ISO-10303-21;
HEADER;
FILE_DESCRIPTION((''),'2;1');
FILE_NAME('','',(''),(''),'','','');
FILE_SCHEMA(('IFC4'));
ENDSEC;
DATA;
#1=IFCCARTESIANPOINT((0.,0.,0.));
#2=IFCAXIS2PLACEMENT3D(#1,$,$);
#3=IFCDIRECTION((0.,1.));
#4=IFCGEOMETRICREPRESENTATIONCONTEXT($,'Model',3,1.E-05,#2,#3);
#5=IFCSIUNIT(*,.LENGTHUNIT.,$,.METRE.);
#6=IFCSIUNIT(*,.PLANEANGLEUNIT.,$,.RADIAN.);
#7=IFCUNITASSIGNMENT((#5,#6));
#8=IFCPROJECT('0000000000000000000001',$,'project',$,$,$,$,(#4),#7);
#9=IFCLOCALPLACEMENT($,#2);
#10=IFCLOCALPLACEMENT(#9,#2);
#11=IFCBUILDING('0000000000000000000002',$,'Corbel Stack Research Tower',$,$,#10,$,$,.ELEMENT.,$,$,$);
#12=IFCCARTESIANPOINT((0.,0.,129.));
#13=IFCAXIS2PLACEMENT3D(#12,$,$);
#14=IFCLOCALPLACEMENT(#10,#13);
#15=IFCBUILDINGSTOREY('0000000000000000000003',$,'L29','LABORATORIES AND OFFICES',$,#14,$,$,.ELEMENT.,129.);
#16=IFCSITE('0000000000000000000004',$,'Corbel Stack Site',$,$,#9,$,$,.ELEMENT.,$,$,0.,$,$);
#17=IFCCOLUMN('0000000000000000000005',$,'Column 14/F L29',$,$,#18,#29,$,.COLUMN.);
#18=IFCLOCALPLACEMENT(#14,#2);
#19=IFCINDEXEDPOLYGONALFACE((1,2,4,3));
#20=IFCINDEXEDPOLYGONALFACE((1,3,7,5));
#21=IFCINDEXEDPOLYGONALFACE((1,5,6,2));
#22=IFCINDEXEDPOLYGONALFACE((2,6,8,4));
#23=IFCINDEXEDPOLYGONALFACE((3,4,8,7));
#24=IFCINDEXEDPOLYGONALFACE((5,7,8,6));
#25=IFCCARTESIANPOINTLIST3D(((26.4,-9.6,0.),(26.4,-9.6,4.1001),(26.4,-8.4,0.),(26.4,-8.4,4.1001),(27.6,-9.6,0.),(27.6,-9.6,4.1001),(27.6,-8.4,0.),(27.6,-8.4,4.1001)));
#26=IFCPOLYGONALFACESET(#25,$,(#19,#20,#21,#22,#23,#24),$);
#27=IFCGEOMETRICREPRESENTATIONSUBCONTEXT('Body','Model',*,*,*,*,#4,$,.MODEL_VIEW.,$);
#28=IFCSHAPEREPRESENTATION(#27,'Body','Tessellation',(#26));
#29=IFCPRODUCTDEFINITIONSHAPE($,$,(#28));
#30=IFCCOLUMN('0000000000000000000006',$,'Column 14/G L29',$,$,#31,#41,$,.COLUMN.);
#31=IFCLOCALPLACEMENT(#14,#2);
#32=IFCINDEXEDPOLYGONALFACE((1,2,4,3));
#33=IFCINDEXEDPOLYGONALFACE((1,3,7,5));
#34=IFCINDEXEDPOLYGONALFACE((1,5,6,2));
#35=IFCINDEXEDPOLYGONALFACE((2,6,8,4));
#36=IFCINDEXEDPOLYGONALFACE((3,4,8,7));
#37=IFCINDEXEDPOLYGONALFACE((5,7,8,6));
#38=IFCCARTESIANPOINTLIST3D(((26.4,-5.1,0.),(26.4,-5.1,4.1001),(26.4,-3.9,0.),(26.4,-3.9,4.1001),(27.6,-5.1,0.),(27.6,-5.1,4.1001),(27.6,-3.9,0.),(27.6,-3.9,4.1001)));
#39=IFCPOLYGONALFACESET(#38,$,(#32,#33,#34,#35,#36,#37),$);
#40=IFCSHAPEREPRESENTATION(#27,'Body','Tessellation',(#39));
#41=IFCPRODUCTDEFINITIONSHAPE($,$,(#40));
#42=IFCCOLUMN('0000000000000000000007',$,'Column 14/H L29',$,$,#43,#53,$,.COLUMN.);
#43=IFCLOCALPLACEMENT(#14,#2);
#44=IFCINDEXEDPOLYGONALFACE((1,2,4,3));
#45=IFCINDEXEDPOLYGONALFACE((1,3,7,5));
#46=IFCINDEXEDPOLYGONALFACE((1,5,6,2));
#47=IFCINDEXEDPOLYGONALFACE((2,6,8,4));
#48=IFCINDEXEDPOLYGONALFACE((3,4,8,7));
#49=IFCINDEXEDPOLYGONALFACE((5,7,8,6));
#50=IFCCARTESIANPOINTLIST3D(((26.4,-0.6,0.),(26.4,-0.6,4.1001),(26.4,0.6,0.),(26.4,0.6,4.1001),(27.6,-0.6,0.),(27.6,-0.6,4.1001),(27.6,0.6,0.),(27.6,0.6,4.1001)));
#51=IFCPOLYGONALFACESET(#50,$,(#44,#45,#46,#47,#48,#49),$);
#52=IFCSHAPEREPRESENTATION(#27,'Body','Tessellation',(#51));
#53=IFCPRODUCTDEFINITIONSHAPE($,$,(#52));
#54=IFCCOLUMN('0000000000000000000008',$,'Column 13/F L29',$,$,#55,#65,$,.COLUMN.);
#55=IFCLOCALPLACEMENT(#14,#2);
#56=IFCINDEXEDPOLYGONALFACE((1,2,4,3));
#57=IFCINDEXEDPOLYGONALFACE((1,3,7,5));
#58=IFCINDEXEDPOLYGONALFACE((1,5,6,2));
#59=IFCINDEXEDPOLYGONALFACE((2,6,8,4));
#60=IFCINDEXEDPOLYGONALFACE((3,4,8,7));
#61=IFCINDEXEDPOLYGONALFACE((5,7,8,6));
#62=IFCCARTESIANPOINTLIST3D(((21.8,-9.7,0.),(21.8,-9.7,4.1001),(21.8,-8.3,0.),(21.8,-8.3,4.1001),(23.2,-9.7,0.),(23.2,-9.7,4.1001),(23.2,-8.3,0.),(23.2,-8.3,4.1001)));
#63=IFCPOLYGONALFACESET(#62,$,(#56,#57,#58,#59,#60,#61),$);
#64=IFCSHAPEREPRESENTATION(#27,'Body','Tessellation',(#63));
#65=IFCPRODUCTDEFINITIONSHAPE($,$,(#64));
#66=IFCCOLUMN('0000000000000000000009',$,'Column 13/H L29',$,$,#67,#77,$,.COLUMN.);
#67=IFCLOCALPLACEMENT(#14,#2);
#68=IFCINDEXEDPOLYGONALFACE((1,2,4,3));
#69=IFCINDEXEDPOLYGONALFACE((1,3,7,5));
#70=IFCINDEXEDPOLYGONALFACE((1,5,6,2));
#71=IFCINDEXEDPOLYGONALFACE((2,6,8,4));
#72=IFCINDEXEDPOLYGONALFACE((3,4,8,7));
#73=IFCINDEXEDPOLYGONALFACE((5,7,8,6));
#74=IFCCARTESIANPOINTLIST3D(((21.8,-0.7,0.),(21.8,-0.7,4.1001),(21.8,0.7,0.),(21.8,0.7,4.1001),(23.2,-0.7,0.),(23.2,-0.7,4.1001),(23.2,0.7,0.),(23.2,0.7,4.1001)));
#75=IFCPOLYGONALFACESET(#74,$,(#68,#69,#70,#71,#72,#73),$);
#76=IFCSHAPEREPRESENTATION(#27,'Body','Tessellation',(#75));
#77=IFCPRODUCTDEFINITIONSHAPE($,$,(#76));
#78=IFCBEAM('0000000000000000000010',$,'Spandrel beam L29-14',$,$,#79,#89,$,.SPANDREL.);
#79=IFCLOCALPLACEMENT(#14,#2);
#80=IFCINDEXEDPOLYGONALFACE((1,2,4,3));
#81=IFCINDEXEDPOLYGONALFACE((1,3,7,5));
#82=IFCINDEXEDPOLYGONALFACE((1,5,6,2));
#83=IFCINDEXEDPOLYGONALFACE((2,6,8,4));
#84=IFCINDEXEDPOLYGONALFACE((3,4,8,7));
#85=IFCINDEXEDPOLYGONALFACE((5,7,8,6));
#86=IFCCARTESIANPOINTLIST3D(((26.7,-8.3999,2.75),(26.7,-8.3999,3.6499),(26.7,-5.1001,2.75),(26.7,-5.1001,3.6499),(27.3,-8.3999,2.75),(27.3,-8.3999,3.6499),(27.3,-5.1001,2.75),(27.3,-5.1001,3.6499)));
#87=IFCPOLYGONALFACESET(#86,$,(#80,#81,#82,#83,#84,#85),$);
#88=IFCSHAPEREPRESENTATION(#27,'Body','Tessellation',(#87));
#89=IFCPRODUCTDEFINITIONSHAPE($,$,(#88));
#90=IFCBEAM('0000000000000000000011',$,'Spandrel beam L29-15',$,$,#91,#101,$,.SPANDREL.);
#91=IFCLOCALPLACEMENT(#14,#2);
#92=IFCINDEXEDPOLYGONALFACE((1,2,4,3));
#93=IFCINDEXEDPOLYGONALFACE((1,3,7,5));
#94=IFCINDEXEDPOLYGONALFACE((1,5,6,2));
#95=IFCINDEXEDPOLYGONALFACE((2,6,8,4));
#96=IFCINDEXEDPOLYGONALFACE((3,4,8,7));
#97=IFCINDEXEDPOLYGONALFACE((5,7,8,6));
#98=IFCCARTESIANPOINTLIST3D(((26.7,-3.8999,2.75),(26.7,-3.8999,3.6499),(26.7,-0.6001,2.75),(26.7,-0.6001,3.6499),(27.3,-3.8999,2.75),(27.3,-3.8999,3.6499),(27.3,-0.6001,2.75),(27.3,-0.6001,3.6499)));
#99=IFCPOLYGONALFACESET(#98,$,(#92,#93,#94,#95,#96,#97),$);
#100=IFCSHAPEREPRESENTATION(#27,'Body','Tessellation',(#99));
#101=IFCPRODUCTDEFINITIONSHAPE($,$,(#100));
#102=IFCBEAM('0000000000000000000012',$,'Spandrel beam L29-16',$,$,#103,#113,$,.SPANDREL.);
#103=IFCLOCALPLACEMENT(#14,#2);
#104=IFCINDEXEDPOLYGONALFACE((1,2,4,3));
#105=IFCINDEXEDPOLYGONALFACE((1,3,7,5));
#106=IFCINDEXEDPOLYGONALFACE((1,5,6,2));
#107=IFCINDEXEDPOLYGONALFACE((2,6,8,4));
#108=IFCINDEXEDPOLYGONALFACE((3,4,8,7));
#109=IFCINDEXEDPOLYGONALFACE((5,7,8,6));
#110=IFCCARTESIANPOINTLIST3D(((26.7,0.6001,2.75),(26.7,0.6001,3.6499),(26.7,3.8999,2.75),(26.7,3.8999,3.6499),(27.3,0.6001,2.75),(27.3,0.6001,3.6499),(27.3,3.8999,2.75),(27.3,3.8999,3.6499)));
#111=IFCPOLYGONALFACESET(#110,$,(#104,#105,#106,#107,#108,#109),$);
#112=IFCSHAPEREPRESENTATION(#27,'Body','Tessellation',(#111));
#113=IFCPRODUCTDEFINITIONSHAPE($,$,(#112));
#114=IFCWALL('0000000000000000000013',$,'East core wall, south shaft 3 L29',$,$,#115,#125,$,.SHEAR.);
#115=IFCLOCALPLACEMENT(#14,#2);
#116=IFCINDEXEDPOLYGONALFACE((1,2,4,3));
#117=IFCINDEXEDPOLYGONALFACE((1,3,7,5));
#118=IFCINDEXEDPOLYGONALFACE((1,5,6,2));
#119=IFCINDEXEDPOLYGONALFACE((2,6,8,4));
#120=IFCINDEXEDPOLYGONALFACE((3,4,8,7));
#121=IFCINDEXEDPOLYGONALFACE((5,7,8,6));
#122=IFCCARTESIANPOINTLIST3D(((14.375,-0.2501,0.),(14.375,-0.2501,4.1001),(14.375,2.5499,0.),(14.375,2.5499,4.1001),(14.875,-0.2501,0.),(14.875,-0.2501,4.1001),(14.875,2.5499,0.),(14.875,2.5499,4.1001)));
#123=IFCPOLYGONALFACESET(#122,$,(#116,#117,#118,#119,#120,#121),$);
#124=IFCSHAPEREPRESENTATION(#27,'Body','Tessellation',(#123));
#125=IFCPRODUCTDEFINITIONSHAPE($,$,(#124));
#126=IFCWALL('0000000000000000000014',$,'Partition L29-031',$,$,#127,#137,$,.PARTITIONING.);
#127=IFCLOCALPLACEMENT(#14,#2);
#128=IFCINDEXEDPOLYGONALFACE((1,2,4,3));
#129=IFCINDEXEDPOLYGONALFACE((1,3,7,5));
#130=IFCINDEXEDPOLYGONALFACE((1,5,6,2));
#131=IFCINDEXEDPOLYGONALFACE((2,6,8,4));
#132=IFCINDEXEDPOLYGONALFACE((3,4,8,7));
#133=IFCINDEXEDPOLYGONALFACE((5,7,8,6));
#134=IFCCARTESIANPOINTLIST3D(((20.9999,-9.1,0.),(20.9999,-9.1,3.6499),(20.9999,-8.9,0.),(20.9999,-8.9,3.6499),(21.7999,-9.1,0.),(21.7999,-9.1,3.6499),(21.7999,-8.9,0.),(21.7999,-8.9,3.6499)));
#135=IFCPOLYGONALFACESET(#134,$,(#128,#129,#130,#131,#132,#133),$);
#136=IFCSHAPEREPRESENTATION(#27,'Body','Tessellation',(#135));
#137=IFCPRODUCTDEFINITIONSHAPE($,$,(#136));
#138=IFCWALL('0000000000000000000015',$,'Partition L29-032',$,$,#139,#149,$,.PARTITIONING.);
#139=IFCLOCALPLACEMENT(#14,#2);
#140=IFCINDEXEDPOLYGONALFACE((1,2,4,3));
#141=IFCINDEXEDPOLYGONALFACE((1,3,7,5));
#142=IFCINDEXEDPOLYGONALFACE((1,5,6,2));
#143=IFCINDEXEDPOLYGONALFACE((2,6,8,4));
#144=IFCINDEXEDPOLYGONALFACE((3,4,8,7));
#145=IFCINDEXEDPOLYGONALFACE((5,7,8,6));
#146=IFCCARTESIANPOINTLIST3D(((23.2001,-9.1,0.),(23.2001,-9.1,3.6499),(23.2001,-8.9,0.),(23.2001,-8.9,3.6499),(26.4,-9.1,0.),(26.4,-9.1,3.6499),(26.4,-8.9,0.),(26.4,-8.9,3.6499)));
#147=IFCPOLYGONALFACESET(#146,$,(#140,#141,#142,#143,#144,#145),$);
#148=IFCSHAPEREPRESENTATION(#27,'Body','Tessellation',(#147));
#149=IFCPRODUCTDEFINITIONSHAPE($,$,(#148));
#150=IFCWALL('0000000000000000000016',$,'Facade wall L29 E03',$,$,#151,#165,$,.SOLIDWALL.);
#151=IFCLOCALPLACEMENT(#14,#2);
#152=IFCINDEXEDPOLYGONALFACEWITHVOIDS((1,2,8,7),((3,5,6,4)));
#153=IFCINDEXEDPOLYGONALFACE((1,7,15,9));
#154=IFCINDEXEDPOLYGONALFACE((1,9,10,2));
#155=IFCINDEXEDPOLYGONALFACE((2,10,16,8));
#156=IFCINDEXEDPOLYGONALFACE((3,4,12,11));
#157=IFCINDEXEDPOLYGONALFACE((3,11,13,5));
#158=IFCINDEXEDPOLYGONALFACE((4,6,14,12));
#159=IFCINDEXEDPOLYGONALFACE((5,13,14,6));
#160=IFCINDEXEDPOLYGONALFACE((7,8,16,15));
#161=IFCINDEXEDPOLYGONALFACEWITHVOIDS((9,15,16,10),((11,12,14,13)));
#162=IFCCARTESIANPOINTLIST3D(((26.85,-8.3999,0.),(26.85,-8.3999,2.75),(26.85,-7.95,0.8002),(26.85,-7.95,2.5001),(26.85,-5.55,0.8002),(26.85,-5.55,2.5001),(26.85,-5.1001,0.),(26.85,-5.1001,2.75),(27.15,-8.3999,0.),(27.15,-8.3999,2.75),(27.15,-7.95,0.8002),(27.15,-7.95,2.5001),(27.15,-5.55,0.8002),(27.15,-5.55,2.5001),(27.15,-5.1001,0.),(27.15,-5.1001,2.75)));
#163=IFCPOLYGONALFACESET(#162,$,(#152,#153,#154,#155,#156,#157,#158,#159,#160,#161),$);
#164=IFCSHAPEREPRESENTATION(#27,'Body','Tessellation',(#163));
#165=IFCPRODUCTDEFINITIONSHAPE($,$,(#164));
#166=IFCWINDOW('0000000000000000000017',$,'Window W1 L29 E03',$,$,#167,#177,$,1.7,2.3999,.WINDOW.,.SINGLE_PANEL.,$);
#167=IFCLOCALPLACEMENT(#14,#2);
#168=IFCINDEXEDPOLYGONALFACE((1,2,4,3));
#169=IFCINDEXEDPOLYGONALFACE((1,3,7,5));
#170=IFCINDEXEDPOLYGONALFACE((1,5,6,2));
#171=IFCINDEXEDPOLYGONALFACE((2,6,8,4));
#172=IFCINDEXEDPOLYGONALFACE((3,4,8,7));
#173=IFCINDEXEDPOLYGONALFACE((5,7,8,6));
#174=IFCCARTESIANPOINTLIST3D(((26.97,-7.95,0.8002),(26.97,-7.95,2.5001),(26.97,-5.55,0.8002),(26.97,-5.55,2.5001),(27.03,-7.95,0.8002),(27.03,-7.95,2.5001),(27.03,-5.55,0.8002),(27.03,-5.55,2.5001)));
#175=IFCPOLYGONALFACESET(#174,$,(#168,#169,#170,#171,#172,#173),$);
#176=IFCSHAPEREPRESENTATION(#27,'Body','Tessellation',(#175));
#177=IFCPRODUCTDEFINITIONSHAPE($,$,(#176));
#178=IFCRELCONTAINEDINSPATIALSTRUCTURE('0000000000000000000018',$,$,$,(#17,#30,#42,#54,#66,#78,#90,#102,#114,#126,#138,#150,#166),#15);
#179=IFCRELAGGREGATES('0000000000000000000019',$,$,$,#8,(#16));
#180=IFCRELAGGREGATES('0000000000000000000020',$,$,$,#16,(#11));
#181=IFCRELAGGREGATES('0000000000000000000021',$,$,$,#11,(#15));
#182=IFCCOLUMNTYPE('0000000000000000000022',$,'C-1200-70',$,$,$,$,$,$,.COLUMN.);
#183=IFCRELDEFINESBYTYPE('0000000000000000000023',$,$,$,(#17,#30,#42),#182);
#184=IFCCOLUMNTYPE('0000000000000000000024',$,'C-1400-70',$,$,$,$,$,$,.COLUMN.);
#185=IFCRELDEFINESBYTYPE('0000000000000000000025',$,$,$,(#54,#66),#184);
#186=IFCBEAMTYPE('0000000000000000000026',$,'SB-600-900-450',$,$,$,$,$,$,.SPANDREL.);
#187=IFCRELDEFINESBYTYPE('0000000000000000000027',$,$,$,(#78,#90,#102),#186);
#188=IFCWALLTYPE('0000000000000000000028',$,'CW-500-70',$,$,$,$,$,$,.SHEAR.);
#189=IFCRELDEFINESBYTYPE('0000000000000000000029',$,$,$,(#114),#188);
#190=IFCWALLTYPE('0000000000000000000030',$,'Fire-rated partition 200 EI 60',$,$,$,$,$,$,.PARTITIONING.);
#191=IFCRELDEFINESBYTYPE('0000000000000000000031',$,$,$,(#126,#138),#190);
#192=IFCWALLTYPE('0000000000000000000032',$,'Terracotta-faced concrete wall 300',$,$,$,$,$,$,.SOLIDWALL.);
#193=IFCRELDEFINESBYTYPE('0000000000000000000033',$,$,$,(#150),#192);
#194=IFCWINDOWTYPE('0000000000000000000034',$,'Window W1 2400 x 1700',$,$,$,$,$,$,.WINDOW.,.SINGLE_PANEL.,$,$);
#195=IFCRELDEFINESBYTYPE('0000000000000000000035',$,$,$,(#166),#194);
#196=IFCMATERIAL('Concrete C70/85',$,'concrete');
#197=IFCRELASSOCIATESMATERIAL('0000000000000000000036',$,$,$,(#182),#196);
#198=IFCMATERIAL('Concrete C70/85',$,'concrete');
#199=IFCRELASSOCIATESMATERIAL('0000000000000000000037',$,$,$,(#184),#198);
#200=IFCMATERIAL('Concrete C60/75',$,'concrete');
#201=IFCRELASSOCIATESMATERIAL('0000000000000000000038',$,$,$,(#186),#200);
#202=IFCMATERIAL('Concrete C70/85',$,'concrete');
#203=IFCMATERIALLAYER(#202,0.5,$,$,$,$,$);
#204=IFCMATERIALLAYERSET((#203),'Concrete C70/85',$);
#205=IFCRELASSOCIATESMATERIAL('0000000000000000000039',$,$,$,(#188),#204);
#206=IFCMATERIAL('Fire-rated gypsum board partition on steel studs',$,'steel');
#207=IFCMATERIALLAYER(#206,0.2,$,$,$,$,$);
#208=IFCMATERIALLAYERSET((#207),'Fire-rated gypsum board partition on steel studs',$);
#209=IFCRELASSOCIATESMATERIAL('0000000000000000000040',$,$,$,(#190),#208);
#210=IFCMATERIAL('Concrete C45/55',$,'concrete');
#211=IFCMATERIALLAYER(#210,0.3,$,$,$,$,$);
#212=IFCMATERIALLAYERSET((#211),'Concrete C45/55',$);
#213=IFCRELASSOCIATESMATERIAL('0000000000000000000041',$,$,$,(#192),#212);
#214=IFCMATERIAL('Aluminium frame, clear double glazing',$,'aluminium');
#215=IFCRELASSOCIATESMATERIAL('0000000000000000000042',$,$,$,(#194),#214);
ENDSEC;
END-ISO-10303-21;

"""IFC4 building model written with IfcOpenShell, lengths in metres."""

from ifc_helpers import new_model, si_unit, direction, frame, frame_2d, origin, origin_2d, place, context, subcontext, project, spatial, rectangle, extrude, material, layer, layer_set, material_profile, profile_set, type_object, element, fill, save


model = new_model("IFC4")

# Units and contexts
model_context = context("Model", 3, precision=1e-05, world=origin(), true_north=direction((0.0, 1.0)))
body_context = subcontext(model_context, "Body", "Model", "MODEL_VIEW")
ifc_project = project(units=[si_unit("LENGTHUNIT", "METRE"), si_unit("PLANEANGLEUNIT", "RADIAN")], contexts=[model_context])

# Site, building, storey
site_placement = place(None, origin())
site = spatial("IfcSite", under=ifc_project, at=site_placement, Name="Corbel Stack Site", CompositionType="ELEMENT", RefElevation=0.0)
building_placement = place(site_placement, origin())
building = spatial("IfcBuilding", under=site, at=building_placement, Name="Corbel Stack Research Tower", CompositionType="ELEMENT")
storey_placement = place(building_placement, frame((0.0, 0.0, 129.0)))
storey = spatial("IfcBuildingStorey", under=building, at=storey_placement, Name="L29", Description="LABORATORIES AND OFFICES", CompositionType="ELEMENT", Elevation=129.0)

# Columns
ifc_material_1 = material(Name="Concrete C70/85", Category="concrete")
ifc_material_profile_1 = material_profile(ifc_material_1, rectangle(XDim=1.2, YDim=1.2, at=origin_2d()), Name="RC 1200 x 1200")
ifc_profile_set_1 = profile_set([ifc_material_profile_1], Name="Concrete C70/85")
column_type_1 = type_object("IfcColumnType", Name="C-1200-70", PredefinedType="COLUMN", material=ifc_profile_set_1)
for number, where, z_axis, x_axis, name in (
    (1, (27.0, -9.0, 0.0), (0.0, 0.0, 1.0), (1.0, 0.0, 0.0), "Column 14/F L29"),
    (2, (27.0, -4.5, 0.0), (0.0, 0.0, 1.0), (1.0, 0.0, 0.0), "Column 14/G L29"),
    (3, (27.0, 0.0, 0.0), (0.0, 0.0, 1.0), (1.0, 0.0, 0.0), "Column 14/H L29"),
):
    element("IfcColumn", number, at=place(storey_placement, frame(where, z_axis=z_axis, x_axis=x_axis)), inside=storey, type_object=column_type_1, Name=name, PredefinedType="COLUMN", context=body_context, shape_type="SweptSolid", body=[
        extrude(rectangle(XDim=1.2, YDim=1.2, at=origin_2d()), origin(), (0.0, 0.0, 1.0), 4.1001),
    ])
ifc_material_2 = material(Name="Concrete C70/85", Category="concrete")
ifc_material_profile_2 = material_profile(ifc_material_2, rectangle(XDim=1.3999, YDim=1.3999, at=origin_2d()), Name="RC 1400 x 1400")
ifc_profile_set_2 = profile_set([ifc_material_profile_2], Name="Concrete C70/85")
column_type_2 = type_object("IfcColumnType", Name="C-1400-70", PredefinedType="COLUMN", material=ifc_profile_set_2)
for number, where, z_axis, x_axis, name in (
    (4, (22.5, -9.0, 0.0), (0.0, 0.0, 1.0), (1.0, 0.0, 0.0), "Column 13/F L29"),
    (5, (22.5, 0.0, 0.0), (0.0, 0.0, 1.0), (1.0, 0.0, 0.0), "Column 13/H L29"),
):
    element("IfcColumn", number, at=place(storey_placement, frame(where, z_axis=z_axis, x_axis=x_axis)), inside=storey, type_object=column_type_2, Name=name, PredefinedType="COLUMN", context=body_context, shape_type="SweptSolid", body=[
        extrude(rectangle(XDim=1.3999, YDim=1.3999, at=origin_2d()), origin(), (0.0, 0.0, 1.0), 4.1001),
    ])

# Beams
ifc_material_3 = material(Name="Concrete C60/75", Category="concrete")
ifc_material_profile_3 = material_profile(ifc_material_3, rectangle(XDim=0.6001, YDim=0.8999, at=origin_2d()), Name="RC 600 x 900")
ifc_profile_set_3 = profile_set([ifc_material_profile_3], Name="Concrete C60/75")
beam_type = type_object("IfcBeamType", Name="SB-600-900-450", PredefinedType="SPANDREL", material=ifc_profile_set_3)
for number, where, z_axis, x_axis, name in (
    (6, (27.0, -8.3999, 3.2), (0.0, 1.0, 0.0), (-1.0, 0.0, 0.0), "Spandrel beam L29-14"),
    (7, (27.0, -3.8999, 3.2), (0.0, 1.0, 0.0), (-1.0, 0.0, 0.0), "Spandrel beam L29-15"),
    (8, (27.0, 0.6001, 3.2), (0.0, 1.0, 0.0), (-1.0, 0.0, 0.0), "Spandrel beam L29-16"),
):
    element("IfcBeam", number, at=place(storey_placement, frame(where, z_axis=z_axis, x_axis=x_axis)), inside=storey, type_object=beam_type, Name=name, PredefinedType="SPANDREL", context=body_context, shape_type="SweptSolid", body=[
        extrude(rectangle(XDim=0.6001, YDim=0.8999, at=origin_2d()), origin(), (0.0, 0.0, 1.0), 3.2998),
    ])

# Wall
ifc_material_4 = material(Name="Concrete C70/85", Category="concrete")
ifc_layer_1 = layer(ifc_material_4, 0.5)
ifc_layer_set_1 = layer_set([ifc_layer_1], Name="Concrete C70/85")
wall_type_1 = type_object("IfcWallType", Name="CW-500-70", PredefinedType="SHEAR", material=ifc_layer_set_1)
wall_1_placement = place(storey_placement, frame((14.625, -0.25, 0.0), z_axis=(0.0, 0.0, 1.0), x_axis=(0.0, 1.0, 0.0)))
element("IfcWall", 9, at=wall_1_placement, inside=storey, type_object=wall_type_1, Name="East core wall, south shaft 3 L29", PredefinedType="SHEAR", context=body_context, shape_type="SweptSolid", body=[
    extrude(rectangle(XDim=2.8, YDim=0.5, at=frame_2d((1.3999, 0.0))), origin(), (0.0, 0.0, 1.0), 4.1001),
])

# Walls
ifc_material_5 = material(Name="Fire-rated gypsum board partition on steel studs", Category="steel")
ifc_layer_2 = layer(ifc_material_5, 0.2)
ifc_layer_set_2 = layer_set([ifc_layer_2], Name="Fire-rated gypsum board partition on steel studs")
wall_type_2 = type_object("IfcWallType", Name="Fire-rated partition 200 EI 60", PredefinedType="PARTITIONING", material=ifc_layer_set_2)
wall_2_placement = place(storey_placement, frame((21.0, -9.0, 0.0), z_axis=(0.0, 0.0, 1.0), x_axis=(1.0, 0.0, 0.0)))
element("IfcWall", 10, at=wall_2_placement, inside=storey, type_object=wall_type_2, Name="Partition L29-031", PredefinedType="PARTITIONING", context=body_context, shape_type="SweptSolid", body=[
    extrude(rectangle(XDim=0.8, YDim=0.2, at=frame_2d((0.3999, 0.0))), origin(), (0.0, 0.0, 1.0), 3.6499),
])
wall_3_placement = place(storey_placement, frame((23.2, -9.0, 0.0), z_axis=(0.0, 0.0, 1.0), x_axis=(1.0, 0.0, 0.0)))
element("IfcWall", 11, at=wall_3_placement, inside=storey, type_object=wall_type_2, Name="Partition L29-032", PredefinedType="PARTITIONING", context=body_context, shape_type="SweptSolid", body=[
    extrude(rectangle(XDim=3.2, YDim=0.2, at=frame_2d((1.6001, 0.0))), origin(), (0.0, 0.0, 1.0), 3.6499),
])

# Wall, opening, window
ifc_material_6 = material(Name="Concrete C45/55", Category="concrete")
ifc_layer_3 = layer(ifc_material_6, 0.3)
ifc_layer_set_3 = layer_set([ifc_layer_3], Name="Concrete C45/55")
wall_type_3 = type_object("IfcWallType", Name="Terracotta-faced concrete wall 300", PredefinedType="SOLIDWALL", material=ifc_layer_set_3)
wall_4_placement = place(storey_placement, frame((27.0, -5.1001, 0.0), z_axis=(0.0, 0.0, 1.0), x_axis=(0.0, -1.0, 0.0)))
wall_4 = element("IfcWall", 12, at=wall_4_placement, inside=storey, type_object=wall_type_3, Name="Facade wall L29 E03", PredefinedType="SOLIDWALL", context=body_context, shape_type="SweptSolid", body=[
    extrude(rectangle(XDim=3.2998, YDim=0.3, at=frame_2d((1.6499, 0.0))), origin(), (0.0, 0.0, 1.0), 2.75),
])
opening_1_placement = place(wall_4_placement, frame((0.45, 0.0, 0.8)))
opening_1 = element("IfcOpeningElement", 13, at=opening_1_placement, cuts=wall_4, PredefinedType="OPENING", context=body_context, shape_type="SweptSolid", body=[
    extrude(rectangle(XDim=2.3999, YDim=1.7, at=frame_2d((1.2, 0.8501))), frame((0.0, 0.1599, 0.0), z_axis=(0.0, -1.0, 0.0), x_axis=(1.0, 0.0, 0.0)), (0.0, 0.0, 1.0), 0.3201),
])
ifc_material_7 = material(Name="Aluminium frame, clear double glazing", Category="aluminium")
window_type = type_object("IfcWindowType", Name="Window W1 2400 x 1700", PartitioningType="SINGLE_PANEL", PredefinedType="WINDOW", material=ifc_material_7)
window_1_placement = place(opening_1_placement, origin())
window_1 = element("IfcWindow", 14, at=window_1_placement, inside=storey, type_object=window_type, Name="Window W1 L29 E03", OverallHeight=1.7, OverallWidth=2.3999, PartitioningType="SINGLE_PANEL", PredefinedType="WINDOW", context=body_context, shape_type="SweptSolid", body=[
    extrude(rectangle(XDim=2.3999, YDim=1.7, at=frame_2d((1.2, 0.8501))), frame((0.0, 0.03, 0.0), z_axis=(0.0, -1.0, 0.0), x_axis=(1.0, 0.0, 0.0)), (0.0, 0.0, 1.0), 0.0601),
])
fill(opening_1, window_1)

save(model, "model.ifc")
